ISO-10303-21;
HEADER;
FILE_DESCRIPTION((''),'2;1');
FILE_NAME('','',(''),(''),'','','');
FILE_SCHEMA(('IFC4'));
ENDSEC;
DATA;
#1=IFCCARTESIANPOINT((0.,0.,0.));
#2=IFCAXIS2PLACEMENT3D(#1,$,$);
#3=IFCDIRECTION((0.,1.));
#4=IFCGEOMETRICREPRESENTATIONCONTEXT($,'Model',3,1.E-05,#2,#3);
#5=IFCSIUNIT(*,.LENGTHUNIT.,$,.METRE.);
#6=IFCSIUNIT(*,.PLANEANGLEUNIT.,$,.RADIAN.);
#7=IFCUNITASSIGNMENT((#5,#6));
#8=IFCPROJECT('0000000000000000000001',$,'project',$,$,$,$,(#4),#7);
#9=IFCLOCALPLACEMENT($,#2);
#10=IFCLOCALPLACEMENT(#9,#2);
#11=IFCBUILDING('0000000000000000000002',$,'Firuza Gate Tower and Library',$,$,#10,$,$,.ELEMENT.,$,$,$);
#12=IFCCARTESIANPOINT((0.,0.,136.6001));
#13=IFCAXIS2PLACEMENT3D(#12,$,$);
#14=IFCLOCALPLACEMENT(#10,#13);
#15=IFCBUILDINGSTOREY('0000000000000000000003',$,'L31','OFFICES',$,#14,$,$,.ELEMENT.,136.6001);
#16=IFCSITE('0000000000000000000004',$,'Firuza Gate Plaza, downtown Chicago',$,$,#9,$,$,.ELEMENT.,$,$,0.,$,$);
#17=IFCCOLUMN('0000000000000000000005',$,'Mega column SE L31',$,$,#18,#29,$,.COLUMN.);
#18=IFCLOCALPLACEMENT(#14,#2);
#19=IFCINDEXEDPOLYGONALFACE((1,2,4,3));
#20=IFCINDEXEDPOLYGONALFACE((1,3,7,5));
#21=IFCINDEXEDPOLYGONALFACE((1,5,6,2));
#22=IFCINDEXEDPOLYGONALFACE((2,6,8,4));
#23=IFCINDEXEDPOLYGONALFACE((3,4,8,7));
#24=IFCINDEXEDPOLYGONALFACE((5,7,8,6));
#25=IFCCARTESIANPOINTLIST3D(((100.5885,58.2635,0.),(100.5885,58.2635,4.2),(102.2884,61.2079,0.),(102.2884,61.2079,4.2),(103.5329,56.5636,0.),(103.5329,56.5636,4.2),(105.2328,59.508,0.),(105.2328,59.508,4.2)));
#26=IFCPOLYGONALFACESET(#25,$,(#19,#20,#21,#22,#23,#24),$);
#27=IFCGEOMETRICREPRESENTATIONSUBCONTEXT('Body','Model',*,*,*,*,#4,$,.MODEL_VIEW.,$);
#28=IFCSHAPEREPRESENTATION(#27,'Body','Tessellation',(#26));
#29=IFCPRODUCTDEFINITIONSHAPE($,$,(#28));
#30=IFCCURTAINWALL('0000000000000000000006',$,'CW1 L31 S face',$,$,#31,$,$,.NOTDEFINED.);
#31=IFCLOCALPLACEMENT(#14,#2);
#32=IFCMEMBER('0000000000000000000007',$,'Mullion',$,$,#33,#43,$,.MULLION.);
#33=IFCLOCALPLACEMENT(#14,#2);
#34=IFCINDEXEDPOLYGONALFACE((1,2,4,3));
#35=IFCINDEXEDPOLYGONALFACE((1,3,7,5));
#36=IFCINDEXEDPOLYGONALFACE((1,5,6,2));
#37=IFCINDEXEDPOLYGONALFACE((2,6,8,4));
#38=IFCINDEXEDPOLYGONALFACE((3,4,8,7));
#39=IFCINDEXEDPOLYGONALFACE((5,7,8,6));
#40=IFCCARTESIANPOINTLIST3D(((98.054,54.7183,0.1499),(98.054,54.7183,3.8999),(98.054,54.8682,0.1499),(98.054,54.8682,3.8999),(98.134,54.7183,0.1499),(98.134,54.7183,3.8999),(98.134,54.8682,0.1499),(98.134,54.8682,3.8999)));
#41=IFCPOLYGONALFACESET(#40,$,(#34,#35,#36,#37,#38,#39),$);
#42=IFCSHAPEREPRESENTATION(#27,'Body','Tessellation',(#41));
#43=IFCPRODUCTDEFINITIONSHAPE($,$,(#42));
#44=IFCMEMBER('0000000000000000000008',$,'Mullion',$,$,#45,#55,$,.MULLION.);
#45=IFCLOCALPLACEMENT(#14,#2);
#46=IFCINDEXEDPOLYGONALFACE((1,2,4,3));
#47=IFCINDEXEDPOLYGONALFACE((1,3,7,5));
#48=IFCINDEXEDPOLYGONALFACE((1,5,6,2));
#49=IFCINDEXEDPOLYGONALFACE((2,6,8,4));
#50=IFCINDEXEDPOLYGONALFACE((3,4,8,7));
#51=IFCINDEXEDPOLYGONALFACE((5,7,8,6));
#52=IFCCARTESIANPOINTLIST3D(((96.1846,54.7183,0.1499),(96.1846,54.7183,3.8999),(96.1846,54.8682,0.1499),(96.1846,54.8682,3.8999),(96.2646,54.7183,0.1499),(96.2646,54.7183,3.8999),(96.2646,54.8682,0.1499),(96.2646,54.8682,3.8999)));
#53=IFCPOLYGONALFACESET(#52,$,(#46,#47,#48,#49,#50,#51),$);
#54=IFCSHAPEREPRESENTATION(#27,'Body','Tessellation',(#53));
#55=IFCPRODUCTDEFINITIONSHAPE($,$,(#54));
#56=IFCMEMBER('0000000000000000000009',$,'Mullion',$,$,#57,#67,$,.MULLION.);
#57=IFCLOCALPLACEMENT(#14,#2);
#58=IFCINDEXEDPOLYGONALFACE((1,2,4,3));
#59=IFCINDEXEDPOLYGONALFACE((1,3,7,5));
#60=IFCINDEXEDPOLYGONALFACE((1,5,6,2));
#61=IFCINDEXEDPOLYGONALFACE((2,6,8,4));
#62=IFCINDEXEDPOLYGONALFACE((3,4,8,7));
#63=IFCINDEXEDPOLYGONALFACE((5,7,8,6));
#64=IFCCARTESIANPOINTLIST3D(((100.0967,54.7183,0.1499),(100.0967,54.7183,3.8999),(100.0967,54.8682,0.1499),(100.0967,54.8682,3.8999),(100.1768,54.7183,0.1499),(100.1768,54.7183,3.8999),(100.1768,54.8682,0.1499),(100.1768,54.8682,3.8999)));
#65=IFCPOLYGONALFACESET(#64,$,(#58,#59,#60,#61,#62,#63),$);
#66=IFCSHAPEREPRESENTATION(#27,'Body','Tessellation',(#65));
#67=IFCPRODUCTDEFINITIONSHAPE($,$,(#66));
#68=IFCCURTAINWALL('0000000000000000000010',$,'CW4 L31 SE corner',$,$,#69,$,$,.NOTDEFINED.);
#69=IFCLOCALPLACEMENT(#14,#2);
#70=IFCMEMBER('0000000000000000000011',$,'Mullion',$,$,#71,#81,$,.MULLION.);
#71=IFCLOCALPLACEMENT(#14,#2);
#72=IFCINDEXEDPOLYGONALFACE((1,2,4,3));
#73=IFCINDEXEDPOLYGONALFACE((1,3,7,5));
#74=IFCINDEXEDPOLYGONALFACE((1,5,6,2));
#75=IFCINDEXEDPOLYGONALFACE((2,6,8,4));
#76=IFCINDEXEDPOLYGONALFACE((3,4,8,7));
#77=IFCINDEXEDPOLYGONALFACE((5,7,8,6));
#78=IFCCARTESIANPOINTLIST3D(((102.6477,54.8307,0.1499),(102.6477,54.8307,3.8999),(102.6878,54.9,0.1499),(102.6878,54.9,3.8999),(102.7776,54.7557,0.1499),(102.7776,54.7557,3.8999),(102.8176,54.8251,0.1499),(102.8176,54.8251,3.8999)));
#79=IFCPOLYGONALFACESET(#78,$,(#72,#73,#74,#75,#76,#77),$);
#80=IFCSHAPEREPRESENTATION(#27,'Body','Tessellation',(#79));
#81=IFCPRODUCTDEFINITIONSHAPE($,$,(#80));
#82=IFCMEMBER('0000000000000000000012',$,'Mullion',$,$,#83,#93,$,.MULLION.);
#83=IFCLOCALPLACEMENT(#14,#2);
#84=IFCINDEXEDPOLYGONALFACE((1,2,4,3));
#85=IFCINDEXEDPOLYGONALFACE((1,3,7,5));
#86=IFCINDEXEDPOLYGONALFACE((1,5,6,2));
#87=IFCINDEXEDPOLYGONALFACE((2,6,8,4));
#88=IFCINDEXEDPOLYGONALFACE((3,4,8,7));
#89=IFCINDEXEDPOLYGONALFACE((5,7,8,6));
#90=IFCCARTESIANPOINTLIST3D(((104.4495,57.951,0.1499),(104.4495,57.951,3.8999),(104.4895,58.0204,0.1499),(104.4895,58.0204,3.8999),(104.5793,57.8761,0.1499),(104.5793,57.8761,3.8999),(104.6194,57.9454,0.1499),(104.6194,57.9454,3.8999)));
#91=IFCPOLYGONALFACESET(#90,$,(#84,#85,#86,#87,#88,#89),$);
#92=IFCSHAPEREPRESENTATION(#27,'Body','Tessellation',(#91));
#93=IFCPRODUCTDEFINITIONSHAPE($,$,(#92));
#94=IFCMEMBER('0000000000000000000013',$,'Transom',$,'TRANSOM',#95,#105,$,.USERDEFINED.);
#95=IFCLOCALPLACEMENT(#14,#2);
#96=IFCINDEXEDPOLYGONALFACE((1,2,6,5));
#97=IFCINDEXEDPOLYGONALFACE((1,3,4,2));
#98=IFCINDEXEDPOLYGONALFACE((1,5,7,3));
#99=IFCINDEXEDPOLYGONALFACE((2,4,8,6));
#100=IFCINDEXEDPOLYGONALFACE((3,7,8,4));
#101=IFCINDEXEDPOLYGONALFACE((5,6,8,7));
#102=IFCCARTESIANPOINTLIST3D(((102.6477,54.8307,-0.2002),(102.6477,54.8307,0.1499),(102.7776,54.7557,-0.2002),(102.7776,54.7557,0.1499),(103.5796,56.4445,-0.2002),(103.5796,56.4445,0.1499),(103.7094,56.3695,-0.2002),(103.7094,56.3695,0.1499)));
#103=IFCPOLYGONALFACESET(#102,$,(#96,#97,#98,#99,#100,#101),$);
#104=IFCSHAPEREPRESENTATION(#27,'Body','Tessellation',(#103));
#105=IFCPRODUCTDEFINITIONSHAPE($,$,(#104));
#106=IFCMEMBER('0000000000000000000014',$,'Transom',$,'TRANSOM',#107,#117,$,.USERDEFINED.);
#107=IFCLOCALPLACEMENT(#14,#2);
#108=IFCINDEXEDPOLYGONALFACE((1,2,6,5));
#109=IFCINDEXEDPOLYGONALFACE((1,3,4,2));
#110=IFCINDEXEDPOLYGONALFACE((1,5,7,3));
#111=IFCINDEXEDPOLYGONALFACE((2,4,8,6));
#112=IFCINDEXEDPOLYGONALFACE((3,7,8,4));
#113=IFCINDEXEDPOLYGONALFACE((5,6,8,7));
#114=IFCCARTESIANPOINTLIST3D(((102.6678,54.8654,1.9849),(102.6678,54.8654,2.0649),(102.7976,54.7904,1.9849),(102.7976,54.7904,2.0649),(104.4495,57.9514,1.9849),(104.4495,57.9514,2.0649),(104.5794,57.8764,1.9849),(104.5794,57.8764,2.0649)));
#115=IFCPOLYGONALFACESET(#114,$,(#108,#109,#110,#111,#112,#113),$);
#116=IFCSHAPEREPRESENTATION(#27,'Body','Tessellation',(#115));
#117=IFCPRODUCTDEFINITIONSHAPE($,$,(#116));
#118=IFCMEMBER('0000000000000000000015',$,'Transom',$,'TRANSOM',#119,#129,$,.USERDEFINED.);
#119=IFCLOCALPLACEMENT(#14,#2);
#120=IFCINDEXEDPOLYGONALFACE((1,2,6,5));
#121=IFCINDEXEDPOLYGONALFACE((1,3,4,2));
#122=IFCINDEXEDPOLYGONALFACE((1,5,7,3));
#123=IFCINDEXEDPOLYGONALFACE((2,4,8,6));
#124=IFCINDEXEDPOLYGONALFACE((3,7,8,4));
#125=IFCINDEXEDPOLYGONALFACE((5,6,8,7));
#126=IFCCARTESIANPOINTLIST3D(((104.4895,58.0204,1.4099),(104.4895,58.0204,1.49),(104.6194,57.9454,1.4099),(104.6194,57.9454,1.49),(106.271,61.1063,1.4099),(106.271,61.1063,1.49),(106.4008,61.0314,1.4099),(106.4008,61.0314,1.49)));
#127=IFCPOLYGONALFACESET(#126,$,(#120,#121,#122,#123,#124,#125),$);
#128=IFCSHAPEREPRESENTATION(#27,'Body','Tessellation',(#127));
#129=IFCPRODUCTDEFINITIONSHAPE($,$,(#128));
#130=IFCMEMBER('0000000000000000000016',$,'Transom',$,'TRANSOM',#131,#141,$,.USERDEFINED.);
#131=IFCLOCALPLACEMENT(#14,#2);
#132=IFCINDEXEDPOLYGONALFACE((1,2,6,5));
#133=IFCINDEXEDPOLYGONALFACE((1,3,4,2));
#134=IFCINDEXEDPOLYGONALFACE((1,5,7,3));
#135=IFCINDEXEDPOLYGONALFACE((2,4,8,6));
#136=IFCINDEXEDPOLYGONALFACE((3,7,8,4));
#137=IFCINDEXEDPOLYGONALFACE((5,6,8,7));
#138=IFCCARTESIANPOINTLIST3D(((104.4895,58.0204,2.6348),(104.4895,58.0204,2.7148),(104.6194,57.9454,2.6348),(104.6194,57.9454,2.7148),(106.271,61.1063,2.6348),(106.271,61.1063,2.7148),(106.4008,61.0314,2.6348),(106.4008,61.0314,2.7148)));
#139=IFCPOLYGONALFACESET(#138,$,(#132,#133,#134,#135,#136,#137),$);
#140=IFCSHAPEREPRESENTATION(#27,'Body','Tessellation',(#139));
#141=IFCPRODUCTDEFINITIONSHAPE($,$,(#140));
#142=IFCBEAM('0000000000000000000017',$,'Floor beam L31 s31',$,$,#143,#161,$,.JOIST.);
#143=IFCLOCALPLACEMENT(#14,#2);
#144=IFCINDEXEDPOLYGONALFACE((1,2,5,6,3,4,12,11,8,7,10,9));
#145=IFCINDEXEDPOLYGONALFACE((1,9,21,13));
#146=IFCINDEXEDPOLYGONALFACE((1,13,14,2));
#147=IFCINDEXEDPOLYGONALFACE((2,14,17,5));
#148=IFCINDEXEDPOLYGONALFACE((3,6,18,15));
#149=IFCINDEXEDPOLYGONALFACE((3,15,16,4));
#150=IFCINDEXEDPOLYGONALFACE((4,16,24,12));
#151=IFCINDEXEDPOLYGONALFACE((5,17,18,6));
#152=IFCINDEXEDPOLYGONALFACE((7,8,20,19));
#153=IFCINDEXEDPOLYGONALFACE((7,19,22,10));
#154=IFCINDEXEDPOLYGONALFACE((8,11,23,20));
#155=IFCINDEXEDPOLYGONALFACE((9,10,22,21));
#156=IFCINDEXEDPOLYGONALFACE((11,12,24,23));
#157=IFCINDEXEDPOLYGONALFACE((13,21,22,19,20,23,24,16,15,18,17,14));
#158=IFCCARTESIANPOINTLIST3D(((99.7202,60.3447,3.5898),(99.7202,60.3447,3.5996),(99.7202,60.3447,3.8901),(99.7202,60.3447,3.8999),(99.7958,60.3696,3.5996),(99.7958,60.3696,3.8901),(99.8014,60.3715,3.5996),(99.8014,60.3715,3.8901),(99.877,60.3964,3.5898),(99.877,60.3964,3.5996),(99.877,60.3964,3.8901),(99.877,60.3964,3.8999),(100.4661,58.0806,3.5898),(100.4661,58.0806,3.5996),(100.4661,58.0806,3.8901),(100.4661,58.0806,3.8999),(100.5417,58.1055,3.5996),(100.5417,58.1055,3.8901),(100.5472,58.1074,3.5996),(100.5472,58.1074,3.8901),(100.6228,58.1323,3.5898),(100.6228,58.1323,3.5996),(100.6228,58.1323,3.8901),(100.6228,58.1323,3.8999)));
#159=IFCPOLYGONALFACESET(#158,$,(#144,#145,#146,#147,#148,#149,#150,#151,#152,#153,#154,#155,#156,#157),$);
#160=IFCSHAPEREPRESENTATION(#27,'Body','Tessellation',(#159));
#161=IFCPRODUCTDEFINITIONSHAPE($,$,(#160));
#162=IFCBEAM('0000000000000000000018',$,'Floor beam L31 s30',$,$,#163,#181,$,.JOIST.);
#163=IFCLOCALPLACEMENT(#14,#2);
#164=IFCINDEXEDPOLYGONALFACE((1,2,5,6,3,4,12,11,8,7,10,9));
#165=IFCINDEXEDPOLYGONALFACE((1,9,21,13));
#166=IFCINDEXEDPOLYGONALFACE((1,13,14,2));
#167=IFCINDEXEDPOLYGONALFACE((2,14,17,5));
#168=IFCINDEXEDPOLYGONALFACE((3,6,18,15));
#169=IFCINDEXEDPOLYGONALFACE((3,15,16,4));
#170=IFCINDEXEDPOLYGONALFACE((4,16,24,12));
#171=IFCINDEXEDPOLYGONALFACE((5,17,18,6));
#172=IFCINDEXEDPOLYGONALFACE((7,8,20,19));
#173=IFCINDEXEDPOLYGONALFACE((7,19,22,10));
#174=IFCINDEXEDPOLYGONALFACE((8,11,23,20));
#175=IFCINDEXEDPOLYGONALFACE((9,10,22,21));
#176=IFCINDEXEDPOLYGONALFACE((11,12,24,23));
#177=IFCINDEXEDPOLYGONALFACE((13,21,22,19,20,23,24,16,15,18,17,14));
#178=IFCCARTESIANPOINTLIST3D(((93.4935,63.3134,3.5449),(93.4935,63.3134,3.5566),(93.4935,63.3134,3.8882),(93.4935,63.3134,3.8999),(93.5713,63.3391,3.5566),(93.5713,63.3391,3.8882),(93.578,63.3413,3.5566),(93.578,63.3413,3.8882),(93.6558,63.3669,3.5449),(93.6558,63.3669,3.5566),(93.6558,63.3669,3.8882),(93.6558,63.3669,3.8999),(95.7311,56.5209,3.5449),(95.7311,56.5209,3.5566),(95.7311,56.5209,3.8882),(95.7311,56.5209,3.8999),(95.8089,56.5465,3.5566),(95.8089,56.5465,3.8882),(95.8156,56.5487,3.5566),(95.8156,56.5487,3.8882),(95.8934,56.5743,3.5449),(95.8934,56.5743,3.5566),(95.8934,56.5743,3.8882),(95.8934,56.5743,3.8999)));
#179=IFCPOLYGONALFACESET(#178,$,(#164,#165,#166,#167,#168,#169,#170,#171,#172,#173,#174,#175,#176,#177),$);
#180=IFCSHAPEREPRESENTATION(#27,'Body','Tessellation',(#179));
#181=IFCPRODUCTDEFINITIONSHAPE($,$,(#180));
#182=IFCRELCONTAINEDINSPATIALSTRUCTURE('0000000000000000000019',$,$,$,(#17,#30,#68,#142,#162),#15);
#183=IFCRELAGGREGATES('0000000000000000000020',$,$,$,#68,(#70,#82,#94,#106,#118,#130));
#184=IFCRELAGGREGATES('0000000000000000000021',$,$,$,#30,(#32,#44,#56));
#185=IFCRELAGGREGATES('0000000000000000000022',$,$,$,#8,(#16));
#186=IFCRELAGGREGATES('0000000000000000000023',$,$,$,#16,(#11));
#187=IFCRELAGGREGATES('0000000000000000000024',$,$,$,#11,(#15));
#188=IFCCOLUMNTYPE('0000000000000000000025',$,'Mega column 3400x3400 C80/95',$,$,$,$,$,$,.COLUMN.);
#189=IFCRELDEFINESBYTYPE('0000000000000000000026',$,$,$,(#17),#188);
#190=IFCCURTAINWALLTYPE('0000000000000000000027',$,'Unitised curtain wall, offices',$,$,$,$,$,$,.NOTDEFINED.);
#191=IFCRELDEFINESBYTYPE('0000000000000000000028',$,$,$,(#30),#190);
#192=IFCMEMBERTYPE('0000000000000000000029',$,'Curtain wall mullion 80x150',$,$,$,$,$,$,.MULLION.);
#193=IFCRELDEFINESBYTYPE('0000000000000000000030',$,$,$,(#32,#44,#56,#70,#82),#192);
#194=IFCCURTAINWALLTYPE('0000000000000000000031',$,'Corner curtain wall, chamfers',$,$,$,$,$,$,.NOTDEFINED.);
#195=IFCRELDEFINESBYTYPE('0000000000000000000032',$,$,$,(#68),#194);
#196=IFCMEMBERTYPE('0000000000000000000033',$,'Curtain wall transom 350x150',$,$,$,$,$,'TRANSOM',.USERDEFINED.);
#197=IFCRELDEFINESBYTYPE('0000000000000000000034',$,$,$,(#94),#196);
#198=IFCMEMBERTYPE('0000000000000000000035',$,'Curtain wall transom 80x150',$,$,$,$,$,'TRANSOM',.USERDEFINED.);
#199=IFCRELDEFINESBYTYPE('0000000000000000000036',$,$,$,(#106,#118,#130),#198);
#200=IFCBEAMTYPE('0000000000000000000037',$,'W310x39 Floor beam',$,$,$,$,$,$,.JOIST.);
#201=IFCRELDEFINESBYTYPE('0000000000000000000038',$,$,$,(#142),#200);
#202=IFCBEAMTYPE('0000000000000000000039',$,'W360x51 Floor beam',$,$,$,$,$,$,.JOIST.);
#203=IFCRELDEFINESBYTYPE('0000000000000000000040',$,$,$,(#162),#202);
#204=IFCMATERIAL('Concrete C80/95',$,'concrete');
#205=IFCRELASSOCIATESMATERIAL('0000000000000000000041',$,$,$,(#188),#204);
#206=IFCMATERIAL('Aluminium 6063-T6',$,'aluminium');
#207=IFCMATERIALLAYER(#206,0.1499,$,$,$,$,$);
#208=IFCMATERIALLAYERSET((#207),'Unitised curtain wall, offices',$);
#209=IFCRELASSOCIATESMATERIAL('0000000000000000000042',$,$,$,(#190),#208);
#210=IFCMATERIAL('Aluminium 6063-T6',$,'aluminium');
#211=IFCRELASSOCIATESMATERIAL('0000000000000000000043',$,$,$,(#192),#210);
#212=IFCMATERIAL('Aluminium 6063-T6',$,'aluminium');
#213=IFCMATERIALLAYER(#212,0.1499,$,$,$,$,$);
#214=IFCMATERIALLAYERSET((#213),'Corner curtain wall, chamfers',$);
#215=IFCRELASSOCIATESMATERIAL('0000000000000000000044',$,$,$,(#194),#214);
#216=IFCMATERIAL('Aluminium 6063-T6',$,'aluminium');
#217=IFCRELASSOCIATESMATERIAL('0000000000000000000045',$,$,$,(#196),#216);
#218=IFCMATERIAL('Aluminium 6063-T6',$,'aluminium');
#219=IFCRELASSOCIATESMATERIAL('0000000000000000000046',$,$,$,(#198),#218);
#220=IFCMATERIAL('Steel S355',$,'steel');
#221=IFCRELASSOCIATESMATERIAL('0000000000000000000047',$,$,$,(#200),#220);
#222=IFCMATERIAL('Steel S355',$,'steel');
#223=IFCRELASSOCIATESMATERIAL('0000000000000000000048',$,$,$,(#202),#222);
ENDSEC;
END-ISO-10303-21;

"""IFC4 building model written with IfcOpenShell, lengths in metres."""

from ifc_helpers import new_model, si_unit, direction, frame, origin, origin_2d, place, context, subcontext, project, spatial, rectangle, i_section, extrude, material, layer, layer_set, material_profile, profile_set, type_object, element, aggregate, save


model = new_model("IFC4")

# Units and contexts
model_context = context("Model", 3, precision=1e-05, world=origin(), true_north=direction((0.0, 1.0)))
body_context = subcontext(model_context, "Body", "Model", "MODEL_VIEW")
ifc_project = project(units=[si_unit("LENGTHUNIT", "METRE"), si_unit("PLANEANGLEUNIT", "RADIAN")], contexts=[model_context])

# Site, building, storey
site_placement = place(None, origin())
site = spatial("IfcSite", under=ifc_project, at=site_placement, Name="Firuza Gate Plaza, downtown Chicago", CompositionType="ELEMENT", RefElevation=0.0)
building_placement = place(site_placement, origin())
building = spatial("IfcBuilding", under=site, at=building_placement, Name="Firuza Gate Tower and Library", CompositionType="ELEMENT")
storey_placement = place(building_placement, frame((0.0, 0.0, 136.6001)))
storey = spatial("IfcBuildingStorey", under=building, at=storey_placement, Name="L31", Description="OFFICES", CompositionType="ELEMENT", Elevation=136.6001)

# Column
ifc_material_1 = material(Name="Concrete C80/95", Category="concrete")
ifc_material_profile_1 = material_profile(ifc_material_1, rectangle(XDim=3.3999, YDim=3.3999, at=origin_2d()))
ifc_profile_set_1 = profile_set([ifc_material_profile_1], Name="Concrete C80/95")
column_type = type_object("IfcColumnType", Name="Mega column 3400x3400 C80/95", PredefinedType="COLUMN", material=ifc_profile_set_1)
column_placement = place(storey_placement, frame((102.9106, 58.8857, 0.0), z_axis=(0.0, 0.0, 1.0), x_axis=(0.5, 0.866025, 0.0)))
element("IfcColumn", 1, at=column_placement, inside=storey, type_object=column_type, Name="Mega column SE L31", PredefinedType="COLUMN", context=body_context, shape_type="SweptSolid", body=[
    extrude(rectangle(XDim=3.3999, YDim=3.3999, at=origin_2d()), origin(), (0.0, 0.0, 1.0), 4.2),
])

# Curtain walls, members
ifc_material_2 = material(Name="Aluminium 6063-T6", Category="aluminium")
ifc_layer_1 = layer(ifc_material_2, 0.1499)
ifc_layer_set_1 = layer_set([ifc_layer_1], Name="Unitised curtain wall, offices")
curtain_wall_type_1 = type_object("IfcCurtainWallType", Name="Unitised curtain wall, offices", PredefinedType="NOTDEFINED", material=ifc_layer_set_1)
placement = place(storey_placement, origin())
curtain_wall_1 = element("IfcCurtainWall", 2, at=placement, inside=storey, type_object=curtain_wall_type_1, Name="CW1 L31 S face", PredefinedType="NOTDEFINED")
ifc_material_3 = material(Name="Aluminium 6063-T6", Category="aluminium")
ifc_material_profile_2 = material_profile(ifc_material_3, rectangle(XDim=0.1499, YDim=0.0801, at=origin_2d()))
ifc_profile_set_2 = profile_set([ifc_material_profile_2], Name="Aluminium 6063-T6")
member_type_1 = type_object("IfcMemberType", Name="Curtain wall mullion 80x150", PredefinedType="MULLION", material=ifc_profile_set_2)
member_1_placement = place(storey_placement, frame((98.094, 54.7932, 0.1499), z_axis=(0.0, 0.0, 1.0), x_axis=(0.0, 1.0, 0.0)))
member_1 = element("IfcMember", 3, at=member_1_placement, type_object=member_type_1, Name="Mullion", PredefinedType="MULLION", context=body_context, shape_type="SweptSolid", body=[
    extrude(rectangle(XDim=0.1499, YDim=0.0801, at=origin_2d()), origin(), (0.0, 0.0, 1.0), 3.75),
])
member_2_placement = place(storey_placement, frame((96.2246, 54.7932, 0.1499), z_axis=(0.0, 0.0, 1.0), x_axis=(0.0, 1.0, 0.0)))
member_2 = element("IfcMember", 4, at=member_2_placement, type_object=member_type_1, Name="Mullion", PredefinedType="MULLION", context=body_context, shape_type="SweptSolid", body=[
    extrude(rectangle(XDim=0.1499, YDim=0.0801, at=origin_2d()), origin(), (0.0, 0.0, 1.0), 3.75),
])
member_3_placement = place(storey_placement, frame((100.1367, 54.7932, 0.1499), z_axis=(0.0, 0.0, 1.0), x_axis=(0.0, 1.0, 0.0)))
member_3 = element("IfcMember", 5, at=member_3_placement, type_object=member_type_1, Name="Mullion", PredefinedType="MULLION", context=body_context, shape_type="SweptSolid", body=[
    extrude(rectangle(XDim=0.1499, YDim=0.0801, at=origin_2d()), origin(), (0.0, 0.0, 1.0), 3.75),
])
ifc_material_4 = material(Name="Aluminium 6063-T6", Category="aluminium")
ifc_layer_2 = layer(ifc_material_4, 0.1499)
ifc_layer_set_2 = layer_set([ifc_layer_2], Name="Corner curtain wall, chamfers")
curtain_wall_type_2 = type_object("IfcCurtainWallType", Name="Corner curtain wall, chamfers", PredefinedType="NOTDEFINED", material=ifc_layer_set_2)
curtain_wall_2 = element("IfcCurtainWall", 6, at=placement, inside=storey, type_object=curtain_wall_type_2, Name="CW4 L31 SE corner", PredefinedType="NOTDEFINED")
member_4_placement = place(storey_placement, frame((102.7327, 54.8279, 0.1499), z_axis=(0.0, 0.0, 1.0), x_axis=(-0.866025, 0.5, 0.0)))
member_4 = element("IfcMember", 7, at=member_4_placement, type_object=member_type_1, Name="Mullion", PredefinedType="MULLION", context=body_context, shape_type="SweptSolid", body=[
    extrude(rectangle(XDim=0.1499, YDim=0.0801, at=origin_2d()), origin(), (0.0, 0.0, 1.0), 3.75),
])
member_5_placement = place(storey_placement, frame((104.5344, 57.9482, 0.1499), z_axis=(0.0, 0.0, 1.0), x_axis=(-0.866025, 0.5, 0.0)))
member_5 = element("IfcMember", 8, at=member_5_placement, type_object=member_type_1, Name="Mullion", PredefinedType="MULLION", context=body_context, shape_type="SweptSolid", body=[
    extrude(rectangle(XDim=0.1499, YDim=0.0801, at=origin_2d()), origin(), (0.0, 0.0, 1.0), 3.75),
])
ifc_material_5 = material(Name="Aluminium 6063-T6", Category="aluminium")
ifc_material_profile_3 = material_profile(ifc_material_5, rectangle(XDim=0.1499, YDim=0.3501, at=origin_2d()))
ifc_profile_set_3 = profile_set([ifc_material_profile_3], Name="Aluminium 6063-T6")
member_type_2 = type_object("IfcMemberType", Name="Curtain wall transom 350x150", ElementType="TRANSOM", PredefinedType="USERDEFINED", material=ifc_profile_set_3)
member_6_placement = place(storey_placement, frame((102.7126, 54.7932, -0.0251), z_axis=(0.50007, 0.865985, 0.0), x_axis=(-0.865985, 0.50007, 0.0)))
member_6 = element("IfcMember", 9, at=member_6_placement, type_object=member_type_2, Name="Transom", ObjectType="TRANSOM", PredefinedType="USERDEFINED", context=body_context, shape_type="SweptSolid", body=[
    extrude(rectangle(XDim=0.1499, YDim=0.3501, at=origin_2d()), origin(), (0.0, 0.0, 1.0), 1.8635),
])
ifc_material_6 = material(Name="Aluminium 6063-T6", Category="aluminium")
ifc_material_profile_4 = material_profile(ifc_material_6, rectangle(XDim=0.1499, YDim=0.0801, at=origin_2d()))
ifc_profile_set_4 = profile_set([ifc_material_profile_4], Name="Aluminium 6063-T6")
member_type_3 = type_object("IfcMemberType", Name="Curtain wall transom 80x150", ElementType="TRANSOM", PredefinedType="USERDEFINED", material=ifc_profile_set_4)
member_7_placement = place(storey_placement, frame((102.7327, 54.8279, 2.0249), z_axis=(0.500015, 0.866017, 0.0), x_axis=(-0.866017, 0.500015, 0.0)))
member_7 = element("IfcMember", 10, at=member_7_placement, type_object=member_type_3, Name="Transom", ObjectType="TRANSOM", PredefinedType="USERDEFINED", context=body_context, shape_type="SweptSolid", body=[
    extrude(rectangle(XDim=0.1499, YDim=0.0801, at=origin_2d()), origin(), (0.0, 0.0, 1.0), 3.5635),
])
member_8_placement = place(storey_placement, frame((104.5544, 57.9829, 1.45), z_axis=(0.499964, 0.866046, 0.0), x_axis=(-0.866046, 0.499964, 0.0)))
member_8 = element("IfcMember", 11, at=member_8_placement, type_object=member_type_3, Name="Transom", ObjectType="TRANSOM", PredefinedType="USERDEFINED", context=body_context, shape_type="SweptSolid", body=[
    extrude(rectangle(XDim=0.1499, YDim=0.0801, at=origin_2d()), origin(), (0.0, 0.0, 1.0), 3.5632),
])
member_9_placement = place(storey_placement, frame((104.5544, 57.9829, 2.6748), z_axis=(0.499964, 0.866046, 0.0), x_axis=(-0.866046, 0.499964, 0.0)))
member_9 = element("IfcMember", 12, at=member_9_placement, type_object=member_type_3, Name="Transom", ObjectType="TRANSOM", PredefinedType="USERDEFINED", context=body_context, shape_type="SweptSolid", body=[
    extrude(rectangle(XDim=0.1499, YDim=0.0801, at=origin_2d()), origin(), (0.0, 0.0, 1.0), 3.5632),
])

# Beams
ifc_material_7 = material(Name="Steel S355", Category="steel")
ifc_material_profile_5 = material_profile(ifc_material_7, i_section(OverallWidth=0.165, OverallDepth=0.3101, WebThickness=0.0059, FlangeThickness=0.0098, at=origin_2d()))
ifc_profile_set_5 = profile_set([ifc_material_profile_5], Name="Steel S355")
beam_type_1 = type_object("IfcBeamType", Name="W310x39 Floor beam", PredefinedType="JOIST", material=ifc_profile_set_5)
beam_1_placement = place(storey_placement, frame((100.5444, 58.1064, 3.7449), z_axis=(-0.312877, 0.949794, 0.0), x_axis=(-0.949794, -0.312877, 0.0)))
element("IfcBeam", 13, at=beam_1_placement, inside=storey, type_object=beam_type_1, Name="Floor beam L31 s31", PredefinedType="JOIST", context=body_context, shape_type="SweptSolid", body=[
    extrude(i_section(OverallWidth=0.165, OverallDepth=0.3101, WebThickness=0.0059, FlangeThickness=0.0098, at=origin_2d()), origin(), (0.0, 0.0, 1.0), 2.3838),
])
ifc_material_8 = material(Name="Steel S355", Category="steel")
ifc_material_profile_6 = material_profile(ifc_material_8, i_section(OverallWidth=0.1709, OverallDepth=0.355, WebThickness=0.0071, FlangeThickness=0.0117, at=origin_2d()))
ifc_profile_set_6 = profile_set([ifc_material_profile_6], Name="Steel S355")
beam_type_2 = type_object("IfcBeamType", Name="W360x51 Floor beam", PredefinedType="JOIST", material=ifc_profile_set_6)
beam_2_placement = place(storey_placement, frame((95.8123, 56.5476, 3.7224), z_axis=(-0.312877, 0.949794, 0.0), x_axis=(-0.949794, -0.312877, 0.0)))
element("IfcBeam", 14, at=beam_2_placement, inside=storey, type_object=beam_type_2, Name="Floor beam L31 s30", PredefinedType="JOIST", context=body_context, shape_type="SweptSolid", body=[
    extrude(i_section(OverallWidth=0.1709, OverallDepth=0.355, WebThickness=0.0071, FlangeThickness=0.0117, at=origin_2d()), origin(), (0.0, 0.0, 1.0), 7.1516),
])

aggregate(curtain_wall_2, [member_4, member_5, member_6, member_7, member_8, member_9])
aggregate(curtain_wall_1, [member_1, member_2, member_3])

save(model, "model.ifc")
